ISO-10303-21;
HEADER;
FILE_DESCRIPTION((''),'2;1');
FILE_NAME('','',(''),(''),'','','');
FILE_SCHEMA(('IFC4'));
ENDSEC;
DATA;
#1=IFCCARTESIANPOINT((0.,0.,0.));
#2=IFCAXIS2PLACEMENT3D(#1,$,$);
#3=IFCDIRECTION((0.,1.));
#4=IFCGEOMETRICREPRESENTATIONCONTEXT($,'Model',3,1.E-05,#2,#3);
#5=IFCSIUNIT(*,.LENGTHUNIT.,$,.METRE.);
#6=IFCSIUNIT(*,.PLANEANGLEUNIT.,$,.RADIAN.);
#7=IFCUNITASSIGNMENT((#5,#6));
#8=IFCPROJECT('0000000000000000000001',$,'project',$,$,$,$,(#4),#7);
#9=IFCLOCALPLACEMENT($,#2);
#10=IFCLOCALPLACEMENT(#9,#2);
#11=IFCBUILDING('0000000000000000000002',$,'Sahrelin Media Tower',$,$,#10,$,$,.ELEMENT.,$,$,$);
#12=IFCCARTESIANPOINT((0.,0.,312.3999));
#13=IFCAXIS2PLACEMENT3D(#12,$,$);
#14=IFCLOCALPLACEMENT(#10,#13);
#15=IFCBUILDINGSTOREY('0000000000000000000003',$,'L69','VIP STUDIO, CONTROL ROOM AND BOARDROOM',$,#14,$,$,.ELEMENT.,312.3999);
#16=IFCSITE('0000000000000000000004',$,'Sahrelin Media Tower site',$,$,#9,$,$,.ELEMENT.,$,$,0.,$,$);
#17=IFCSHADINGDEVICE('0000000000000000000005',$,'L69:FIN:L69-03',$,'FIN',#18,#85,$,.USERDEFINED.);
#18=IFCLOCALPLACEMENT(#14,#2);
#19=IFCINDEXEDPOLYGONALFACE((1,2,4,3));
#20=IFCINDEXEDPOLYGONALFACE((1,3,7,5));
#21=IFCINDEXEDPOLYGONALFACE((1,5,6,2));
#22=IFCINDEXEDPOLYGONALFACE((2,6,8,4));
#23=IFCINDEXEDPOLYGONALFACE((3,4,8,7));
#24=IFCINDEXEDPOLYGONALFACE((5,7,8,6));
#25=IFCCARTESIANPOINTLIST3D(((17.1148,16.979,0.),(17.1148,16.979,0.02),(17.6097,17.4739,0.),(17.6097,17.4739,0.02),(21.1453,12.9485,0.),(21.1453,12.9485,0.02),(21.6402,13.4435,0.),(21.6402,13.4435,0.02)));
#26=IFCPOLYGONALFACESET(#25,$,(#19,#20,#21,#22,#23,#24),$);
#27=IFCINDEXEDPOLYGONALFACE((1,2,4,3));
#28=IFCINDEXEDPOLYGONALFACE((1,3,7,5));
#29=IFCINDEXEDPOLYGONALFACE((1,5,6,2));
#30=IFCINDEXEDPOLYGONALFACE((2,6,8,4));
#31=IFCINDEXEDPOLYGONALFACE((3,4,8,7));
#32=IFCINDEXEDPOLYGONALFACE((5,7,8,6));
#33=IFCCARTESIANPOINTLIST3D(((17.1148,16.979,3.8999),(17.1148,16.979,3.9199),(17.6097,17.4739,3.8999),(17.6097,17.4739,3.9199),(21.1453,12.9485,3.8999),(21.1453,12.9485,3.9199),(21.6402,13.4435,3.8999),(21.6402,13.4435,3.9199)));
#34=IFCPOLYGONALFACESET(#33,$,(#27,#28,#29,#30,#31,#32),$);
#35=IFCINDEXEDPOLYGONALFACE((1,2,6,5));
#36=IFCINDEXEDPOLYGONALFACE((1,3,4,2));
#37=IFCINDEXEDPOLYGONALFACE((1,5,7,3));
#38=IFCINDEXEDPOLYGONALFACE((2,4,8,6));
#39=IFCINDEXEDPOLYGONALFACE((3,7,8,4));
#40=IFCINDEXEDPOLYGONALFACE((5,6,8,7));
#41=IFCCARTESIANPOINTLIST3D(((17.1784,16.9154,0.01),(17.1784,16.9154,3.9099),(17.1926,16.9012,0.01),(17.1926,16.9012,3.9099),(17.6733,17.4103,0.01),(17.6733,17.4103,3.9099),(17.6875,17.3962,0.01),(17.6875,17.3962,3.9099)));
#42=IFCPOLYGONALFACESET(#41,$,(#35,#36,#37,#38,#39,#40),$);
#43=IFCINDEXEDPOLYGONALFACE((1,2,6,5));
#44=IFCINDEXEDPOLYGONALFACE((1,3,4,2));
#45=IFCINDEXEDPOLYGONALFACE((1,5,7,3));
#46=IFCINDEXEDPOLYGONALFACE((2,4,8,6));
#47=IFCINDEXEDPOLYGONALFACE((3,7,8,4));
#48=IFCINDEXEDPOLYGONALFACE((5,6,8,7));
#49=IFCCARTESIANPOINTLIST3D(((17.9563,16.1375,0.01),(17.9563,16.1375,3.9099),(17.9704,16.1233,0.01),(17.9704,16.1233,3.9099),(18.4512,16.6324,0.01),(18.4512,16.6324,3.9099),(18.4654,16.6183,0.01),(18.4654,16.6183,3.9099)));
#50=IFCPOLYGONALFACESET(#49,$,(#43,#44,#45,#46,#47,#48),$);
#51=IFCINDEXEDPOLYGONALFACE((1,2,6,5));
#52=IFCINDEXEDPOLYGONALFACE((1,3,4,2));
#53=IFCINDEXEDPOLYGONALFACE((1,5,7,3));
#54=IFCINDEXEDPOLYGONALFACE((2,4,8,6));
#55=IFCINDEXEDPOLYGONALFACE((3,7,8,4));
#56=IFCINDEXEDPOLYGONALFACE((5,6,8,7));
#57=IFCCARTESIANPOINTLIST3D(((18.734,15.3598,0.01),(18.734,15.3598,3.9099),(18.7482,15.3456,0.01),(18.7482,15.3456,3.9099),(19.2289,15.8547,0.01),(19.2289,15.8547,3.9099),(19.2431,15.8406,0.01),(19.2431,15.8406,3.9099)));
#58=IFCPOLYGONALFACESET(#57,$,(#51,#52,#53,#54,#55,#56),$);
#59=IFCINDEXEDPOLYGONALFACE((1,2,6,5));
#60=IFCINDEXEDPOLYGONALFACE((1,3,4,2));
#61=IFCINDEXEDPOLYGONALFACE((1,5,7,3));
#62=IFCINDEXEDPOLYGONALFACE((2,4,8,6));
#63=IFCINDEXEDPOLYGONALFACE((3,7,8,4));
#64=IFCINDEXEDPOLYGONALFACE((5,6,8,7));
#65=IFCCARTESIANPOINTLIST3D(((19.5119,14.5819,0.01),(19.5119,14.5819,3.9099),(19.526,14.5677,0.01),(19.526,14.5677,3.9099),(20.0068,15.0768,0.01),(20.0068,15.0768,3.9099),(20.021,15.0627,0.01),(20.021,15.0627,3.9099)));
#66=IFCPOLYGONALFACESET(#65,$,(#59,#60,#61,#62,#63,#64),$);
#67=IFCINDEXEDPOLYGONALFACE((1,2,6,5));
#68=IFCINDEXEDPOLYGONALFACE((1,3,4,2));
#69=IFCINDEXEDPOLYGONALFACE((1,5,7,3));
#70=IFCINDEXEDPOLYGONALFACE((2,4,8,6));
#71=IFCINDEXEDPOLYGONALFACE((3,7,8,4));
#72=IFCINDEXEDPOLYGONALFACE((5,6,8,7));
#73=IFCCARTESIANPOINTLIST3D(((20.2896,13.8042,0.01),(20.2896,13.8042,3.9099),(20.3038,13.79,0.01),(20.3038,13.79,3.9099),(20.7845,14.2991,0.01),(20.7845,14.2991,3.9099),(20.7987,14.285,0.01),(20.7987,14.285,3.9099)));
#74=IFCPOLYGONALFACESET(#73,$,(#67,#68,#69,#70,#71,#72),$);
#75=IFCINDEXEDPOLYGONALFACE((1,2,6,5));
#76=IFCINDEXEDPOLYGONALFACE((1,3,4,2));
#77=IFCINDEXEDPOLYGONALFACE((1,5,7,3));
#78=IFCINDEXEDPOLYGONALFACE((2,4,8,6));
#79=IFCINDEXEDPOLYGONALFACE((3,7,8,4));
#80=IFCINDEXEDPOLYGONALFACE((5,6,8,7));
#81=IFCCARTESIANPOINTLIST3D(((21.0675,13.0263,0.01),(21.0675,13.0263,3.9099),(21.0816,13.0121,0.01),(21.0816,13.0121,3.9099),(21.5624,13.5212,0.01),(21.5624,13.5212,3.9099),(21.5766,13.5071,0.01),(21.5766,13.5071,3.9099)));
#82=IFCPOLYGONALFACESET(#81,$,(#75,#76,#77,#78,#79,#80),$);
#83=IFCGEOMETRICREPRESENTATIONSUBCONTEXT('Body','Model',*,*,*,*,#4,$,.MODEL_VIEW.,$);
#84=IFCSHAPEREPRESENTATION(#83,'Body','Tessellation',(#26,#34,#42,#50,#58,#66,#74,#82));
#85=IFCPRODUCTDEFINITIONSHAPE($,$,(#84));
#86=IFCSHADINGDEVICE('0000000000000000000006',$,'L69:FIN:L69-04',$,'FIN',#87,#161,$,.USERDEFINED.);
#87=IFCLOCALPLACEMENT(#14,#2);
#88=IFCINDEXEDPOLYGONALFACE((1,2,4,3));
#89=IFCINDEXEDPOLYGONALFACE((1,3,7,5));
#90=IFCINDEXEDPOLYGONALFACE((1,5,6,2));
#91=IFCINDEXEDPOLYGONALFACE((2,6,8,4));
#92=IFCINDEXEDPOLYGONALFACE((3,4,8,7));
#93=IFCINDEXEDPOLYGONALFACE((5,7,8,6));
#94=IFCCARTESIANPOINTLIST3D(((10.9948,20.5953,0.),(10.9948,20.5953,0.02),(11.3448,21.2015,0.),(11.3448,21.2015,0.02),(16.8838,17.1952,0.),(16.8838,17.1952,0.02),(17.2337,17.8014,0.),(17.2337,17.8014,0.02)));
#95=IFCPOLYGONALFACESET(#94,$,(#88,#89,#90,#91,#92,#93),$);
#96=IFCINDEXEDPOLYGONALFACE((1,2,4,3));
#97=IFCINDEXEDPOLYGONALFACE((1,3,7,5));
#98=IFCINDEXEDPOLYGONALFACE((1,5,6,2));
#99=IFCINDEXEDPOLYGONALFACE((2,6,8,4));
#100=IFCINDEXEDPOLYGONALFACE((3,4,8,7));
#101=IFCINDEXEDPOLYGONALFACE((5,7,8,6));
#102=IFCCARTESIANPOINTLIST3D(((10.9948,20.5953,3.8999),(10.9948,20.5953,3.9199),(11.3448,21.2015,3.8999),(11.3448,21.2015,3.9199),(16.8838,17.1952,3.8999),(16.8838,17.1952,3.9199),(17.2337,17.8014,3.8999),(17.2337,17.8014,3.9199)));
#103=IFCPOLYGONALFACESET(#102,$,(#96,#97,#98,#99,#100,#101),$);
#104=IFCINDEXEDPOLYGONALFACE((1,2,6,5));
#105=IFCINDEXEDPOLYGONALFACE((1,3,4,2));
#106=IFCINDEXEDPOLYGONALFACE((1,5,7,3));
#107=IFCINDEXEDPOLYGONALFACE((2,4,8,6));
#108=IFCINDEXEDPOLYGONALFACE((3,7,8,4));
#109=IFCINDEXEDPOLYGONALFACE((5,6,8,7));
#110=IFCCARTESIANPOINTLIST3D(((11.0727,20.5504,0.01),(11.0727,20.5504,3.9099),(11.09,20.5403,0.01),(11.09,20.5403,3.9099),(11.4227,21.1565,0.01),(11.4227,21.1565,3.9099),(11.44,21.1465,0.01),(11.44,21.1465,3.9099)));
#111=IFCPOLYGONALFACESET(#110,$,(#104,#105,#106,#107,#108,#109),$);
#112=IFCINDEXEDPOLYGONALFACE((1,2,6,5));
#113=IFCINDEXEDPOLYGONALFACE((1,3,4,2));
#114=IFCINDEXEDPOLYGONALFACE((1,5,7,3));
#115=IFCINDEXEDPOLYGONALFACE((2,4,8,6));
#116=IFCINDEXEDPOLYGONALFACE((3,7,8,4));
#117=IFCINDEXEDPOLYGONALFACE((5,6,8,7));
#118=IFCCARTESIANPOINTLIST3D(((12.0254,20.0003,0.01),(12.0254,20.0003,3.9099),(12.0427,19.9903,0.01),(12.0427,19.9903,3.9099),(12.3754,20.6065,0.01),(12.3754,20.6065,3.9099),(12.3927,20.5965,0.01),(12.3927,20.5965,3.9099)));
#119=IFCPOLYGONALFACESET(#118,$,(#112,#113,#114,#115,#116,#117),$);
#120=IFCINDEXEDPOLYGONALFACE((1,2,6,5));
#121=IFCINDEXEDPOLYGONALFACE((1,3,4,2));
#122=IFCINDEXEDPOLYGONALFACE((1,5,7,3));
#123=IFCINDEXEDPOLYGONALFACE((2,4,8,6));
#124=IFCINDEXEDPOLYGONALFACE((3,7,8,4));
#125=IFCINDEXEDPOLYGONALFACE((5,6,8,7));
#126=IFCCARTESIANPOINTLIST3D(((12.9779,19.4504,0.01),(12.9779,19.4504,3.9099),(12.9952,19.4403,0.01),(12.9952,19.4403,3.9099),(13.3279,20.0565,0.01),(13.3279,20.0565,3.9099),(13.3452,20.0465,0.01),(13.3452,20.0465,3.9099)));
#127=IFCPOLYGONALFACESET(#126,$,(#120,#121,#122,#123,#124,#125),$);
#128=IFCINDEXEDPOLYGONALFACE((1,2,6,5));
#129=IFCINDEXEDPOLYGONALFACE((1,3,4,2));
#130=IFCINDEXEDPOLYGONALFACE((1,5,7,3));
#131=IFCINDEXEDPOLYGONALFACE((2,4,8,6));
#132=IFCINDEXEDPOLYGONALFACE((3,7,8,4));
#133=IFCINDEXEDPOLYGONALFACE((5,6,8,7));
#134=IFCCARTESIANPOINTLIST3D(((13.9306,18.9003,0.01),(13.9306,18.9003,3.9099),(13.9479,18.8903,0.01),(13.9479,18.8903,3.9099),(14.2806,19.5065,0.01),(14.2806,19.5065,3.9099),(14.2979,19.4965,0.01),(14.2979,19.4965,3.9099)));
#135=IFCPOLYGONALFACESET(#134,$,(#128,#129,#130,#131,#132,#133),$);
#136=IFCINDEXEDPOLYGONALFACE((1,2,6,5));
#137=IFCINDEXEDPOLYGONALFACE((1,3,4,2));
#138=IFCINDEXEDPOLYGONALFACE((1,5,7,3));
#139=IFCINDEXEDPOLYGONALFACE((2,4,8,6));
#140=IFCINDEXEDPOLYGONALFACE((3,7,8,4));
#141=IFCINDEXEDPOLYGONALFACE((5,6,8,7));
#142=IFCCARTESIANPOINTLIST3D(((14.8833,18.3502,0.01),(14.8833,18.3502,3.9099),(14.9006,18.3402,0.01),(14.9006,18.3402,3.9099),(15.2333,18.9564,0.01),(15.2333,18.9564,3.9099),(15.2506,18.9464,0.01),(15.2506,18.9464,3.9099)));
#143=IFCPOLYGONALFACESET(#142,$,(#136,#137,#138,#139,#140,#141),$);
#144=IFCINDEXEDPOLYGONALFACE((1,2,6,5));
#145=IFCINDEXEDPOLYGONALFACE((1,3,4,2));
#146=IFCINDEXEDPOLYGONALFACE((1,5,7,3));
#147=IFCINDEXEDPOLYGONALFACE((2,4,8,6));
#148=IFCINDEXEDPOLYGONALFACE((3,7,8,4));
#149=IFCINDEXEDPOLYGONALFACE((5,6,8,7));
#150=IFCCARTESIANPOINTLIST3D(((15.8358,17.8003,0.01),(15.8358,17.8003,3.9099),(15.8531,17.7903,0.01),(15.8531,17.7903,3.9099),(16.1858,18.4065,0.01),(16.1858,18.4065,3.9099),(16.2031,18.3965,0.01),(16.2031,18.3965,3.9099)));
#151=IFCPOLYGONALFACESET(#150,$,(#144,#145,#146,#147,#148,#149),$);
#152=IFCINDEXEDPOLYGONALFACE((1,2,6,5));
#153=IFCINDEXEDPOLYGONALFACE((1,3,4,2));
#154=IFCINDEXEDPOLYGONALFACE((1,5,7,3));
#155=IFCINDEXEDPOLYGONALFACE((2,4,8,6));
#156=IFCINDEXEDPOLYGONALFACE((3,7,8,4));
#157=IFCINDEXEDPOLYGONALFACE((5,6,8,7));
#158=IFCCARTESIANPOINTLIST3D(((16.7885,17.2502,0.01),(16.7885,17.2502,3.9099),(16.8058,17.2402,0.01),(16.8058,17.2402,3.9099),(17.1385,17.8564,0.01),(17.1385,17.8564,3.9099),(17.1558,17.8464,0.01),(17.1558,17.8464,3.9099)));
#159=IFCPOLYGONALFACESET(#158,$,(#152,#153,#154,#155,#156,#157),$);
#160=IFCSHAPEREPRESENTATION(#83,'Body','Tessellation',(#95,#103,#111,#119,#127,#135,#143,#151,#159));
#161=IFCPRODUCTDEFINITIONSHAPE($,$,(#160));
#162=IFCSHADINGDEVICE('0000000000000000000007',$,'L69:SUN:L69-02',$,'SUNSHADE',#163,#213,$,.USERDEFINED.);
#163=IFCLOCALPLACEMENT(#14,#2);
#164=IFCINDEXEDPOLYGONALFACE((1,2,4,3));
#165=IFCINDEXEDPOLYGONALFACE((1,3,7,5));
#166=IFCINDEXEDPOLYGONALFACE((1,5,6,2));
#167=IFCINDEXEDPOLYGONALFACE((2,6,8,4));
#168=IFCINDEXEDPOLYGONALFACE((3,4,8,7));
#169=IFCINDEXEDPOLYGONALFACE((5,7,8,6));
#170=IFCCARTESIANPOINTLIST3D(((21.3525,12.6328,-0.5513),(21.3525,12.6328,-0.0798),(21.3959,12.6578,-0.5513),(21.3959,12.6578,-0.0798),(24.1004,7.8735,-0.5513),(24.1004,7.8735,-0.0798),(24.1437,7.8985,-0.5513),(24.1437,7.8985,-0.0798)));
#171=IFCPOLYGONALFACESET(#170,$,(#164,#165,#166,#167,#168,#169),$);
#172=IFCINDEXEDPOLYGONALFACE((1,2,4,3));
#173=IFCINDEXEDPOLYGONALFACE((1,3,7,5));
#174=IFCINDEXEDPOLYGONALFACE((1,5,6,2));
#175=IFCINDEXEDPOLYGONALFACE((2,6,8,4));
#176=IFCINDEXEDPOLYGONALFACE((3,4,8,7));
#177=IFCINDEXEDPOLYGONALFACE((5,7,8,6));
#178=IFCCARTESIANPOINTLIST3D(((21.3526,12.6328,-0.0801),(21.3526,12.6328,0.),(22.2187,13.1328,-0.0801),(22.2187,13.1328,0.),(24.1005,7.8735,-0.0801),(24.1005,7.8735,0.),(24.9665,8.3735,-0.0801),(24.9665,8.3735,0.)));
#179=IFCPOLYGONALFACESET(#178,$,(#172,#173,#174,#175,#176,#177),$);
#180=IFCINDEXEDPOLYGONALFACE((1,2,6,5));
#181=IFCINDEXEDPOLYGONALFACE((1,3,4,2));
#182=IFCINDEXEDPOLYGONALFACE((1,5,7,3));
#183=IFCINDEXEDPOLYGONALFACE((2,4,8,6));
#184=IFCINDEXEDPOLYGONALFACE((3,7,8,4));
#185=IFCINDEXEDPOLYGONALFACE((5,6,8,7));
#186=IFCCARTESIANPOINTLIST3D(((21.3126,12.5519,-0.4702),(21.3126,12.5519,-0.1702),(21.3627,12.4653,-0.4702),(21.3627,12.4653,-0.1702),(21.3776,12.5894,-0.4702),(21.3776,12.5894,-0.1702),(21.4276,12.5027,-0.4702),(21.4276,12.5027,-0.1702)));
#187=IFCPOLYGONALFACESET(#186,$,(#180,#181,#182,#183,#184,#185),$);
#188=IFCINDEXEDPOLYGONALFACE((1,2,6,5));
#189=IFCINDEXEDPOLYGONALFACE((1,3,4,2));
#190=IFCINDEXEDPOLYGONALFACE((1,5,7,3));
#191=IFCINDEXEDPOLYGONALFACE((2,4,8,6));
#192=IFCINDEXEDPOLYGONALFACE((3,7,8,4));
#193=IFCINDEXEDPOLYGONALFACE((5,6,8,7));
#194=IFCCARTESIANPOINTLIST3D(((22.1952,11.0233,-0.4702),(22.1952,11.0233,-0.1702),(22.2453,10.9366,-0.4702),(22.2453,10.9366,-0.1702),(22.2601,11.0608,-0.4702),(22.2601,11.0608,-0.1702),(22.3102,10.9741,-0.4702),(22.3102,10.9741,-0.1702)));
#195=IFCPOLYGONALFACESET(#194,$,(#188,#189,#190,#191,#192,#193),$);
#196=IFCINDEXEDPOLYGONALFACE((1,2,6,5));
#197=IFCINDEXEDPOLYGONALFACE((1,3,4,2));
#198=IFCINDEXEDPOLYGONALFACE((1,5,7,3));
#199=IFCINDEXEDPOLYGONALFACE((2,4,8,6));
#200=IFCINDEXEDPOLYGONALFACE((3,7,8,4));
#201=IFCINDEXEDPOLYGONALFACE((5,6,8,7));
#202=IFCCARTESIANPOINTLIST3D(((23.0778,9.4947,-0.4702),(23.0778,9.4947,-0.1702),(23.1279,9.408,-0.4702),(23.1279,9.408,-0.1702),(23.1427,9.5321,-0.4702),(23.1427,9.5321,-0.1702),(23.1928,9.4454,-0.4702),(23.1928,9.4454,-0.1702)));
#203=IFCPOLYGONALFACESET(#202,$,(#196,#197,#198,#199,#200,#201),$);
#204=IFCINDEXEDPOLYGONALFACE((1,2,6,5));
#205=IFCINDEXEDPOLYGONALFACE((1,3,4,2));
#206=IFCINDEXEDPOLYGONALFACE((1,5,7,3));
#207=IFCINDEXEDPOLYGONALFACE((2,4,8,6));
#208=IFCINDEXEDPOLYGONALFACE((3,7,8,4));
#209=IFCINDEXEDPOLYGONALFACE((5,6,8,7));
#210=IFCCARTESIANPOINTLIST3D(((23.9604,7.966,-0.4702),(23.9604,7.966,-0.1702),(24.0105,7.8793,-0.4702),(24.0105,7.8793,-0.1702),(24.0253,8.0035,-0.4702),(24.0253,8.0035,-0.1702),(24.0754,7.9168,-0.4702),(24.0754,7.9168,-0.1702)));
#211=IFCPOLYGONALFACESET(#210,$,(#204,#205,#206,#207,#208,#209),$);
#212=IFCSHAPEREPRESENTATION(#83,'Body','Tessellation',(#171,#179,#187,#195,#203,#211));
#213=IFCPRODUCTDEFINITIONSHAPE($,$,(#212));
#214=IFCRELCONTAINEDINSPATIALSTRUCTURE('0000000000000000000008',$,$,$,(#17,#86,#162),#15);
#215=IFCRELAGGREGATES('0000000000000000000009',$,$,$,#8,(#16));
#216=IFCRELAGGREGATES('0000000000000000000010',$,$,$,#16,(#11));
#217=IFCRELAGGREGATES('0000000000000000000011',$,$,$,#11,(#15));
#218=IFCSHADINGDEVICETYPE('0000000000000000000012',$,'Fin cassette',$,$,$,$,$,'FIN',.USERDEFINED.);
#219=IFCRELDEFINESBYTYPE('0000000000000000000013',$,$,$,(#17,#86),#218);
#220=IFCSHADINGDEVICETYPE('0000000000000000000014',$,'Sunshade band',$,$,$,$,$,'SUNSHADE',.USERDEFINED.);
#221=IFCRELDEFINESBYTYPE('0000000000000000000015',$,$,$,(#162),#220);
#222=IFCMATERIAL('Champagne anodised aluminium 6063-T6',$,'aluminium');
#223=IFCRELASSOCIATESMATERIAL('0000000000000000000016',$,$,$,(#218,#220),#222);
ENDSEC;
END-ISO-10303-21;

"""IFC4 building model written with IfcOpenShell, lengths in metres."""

from ifc_helpers import new_model, si_unit, direction, frame, origin, origin_2d, place, context, subcontext, project, spatial, rectangle, extrude, material, type_object, element, save


model = new_model("IFC4")

# Units and contexts
model_context = context("Model", 3, precision=1e-05, world=origin(), true_north=direction((0.0, 1.0)))
body_context = subcontext(model_context, "Body", "Model", "MODEL_VIEW")
ifc_project = project(units=[si_unit("LENGTHUNIT", "METRE"), si_unit("PLANEANGLEUNIT", "RADIAN")], contexts=[model_context])

# Site, building, storey
site_placement = place(None, origin())
site = spatial("IfcSite", under=ifc_project, at=site_placement, Name="Sahrelin Media Tower site", CompositionType="ELEMENT", RefElevation=0.0)
building_placement = place(site_placement, origin())
building = spatial("IfcBuilding", under=site, at=building_placement, Name="Sahrelin Media Tower", CompositionType="ELEMENT")
storey_placement = place(building_placement, frame((0.0, 0.0, 312.3999)))
storey = spatial("IfcBuildingStorey", under=building, at=storey_placement, Name="L69", Description="VIP STUDIO, CONTROL ROOM AND BOARDROOM", CompositionType="ELEMENT", Elevation=312.3999)

# Shared definitions
ifc_material_1 = material(Name="Champagne anodised aluminium 6063-T6", Category="aluminium")

# Shading devices
shading_device_type_1 = type_object("IfcShadingDeviceType", Name="Fin cassette", ElementType="FIN", PredefinedType="USERDEFINED", material=ifc_material_1)
placement_1 = place(storey_placement, frame((22.7092, 10.2432, 0.0), z_axis=(0.0, 0.0, 1.0), x_axis=(0.500011, -0.866019, 0.0)))
placement_2 = place(storey_placement, frame((19.0806, 14.9143, 0.0), z_axis=(0.0, 0.0, 1.0), x_axis=(0.707107, -0.707107, 0.0)))
element("IfcShadingDevice", 1, at=placement_2, inside=storey, type_object=shading_device_type_1, Name="L69:FIN:L69-03", ObjectType="FIN", PredefinedType="USERDEFINED", context=body_context, shape_type="SweptSolid", body=[
    extrude(rectangle(XDim=5.7, YDim=0.7, at=origin_2d()), frame((0.0, 0.4199, 0.0)), (0.0, 0.0, 1.0), 0.02),
    extrude(rectangle(XDim=5.7, YDim=0.7, at=origin_2d()), frame((0.0, 0.4199, 3.8999)), (0.0, 0.0, 1.0), 0.02),
    extrude(rectangle(XDim=0.02, YDim=0.7, at=origin_2d()), frame((-2.75, 0.4199, 0.01), z_axis=(0.0, 0.0, 1.0), x_axis=(1.0, 0.0, 0.0)), (0.0, 0.0, 1.0), 3.8999),
    extrude(rectangle(XDim=0.02, YDim=0.7, at=origin_2d()), frame((-1.6499, 0.4199, 0.01), z_axis=(0.0, 0.0, 1.0), x_axis=(1.0, 0.0, 0.0)), (0.0, 0.0, 1.0), 3.8999),
    extrude(rectangle(XDim=0.02, YDim=0.7, at=origin_2d()), frame((-0.55, 0.4199, 0.01), z_axis=(0.0, 0.0, 1.0), x_axis=(1.0, 0.0, 0.0)), (0.0, 0.0, 1.0), 3.8999),
    extrude(rectangle(XDim=0.02, YDim=0.7, at=origin_2d()), frame((0.55, 0.4199, 0.01), z_axis=(0.0, 0.0, 1.0), x_axis=(1.0, 0.0, 0.0)), (0.0, 0.0, 1.0), 3.8999),
    extrude(rectangle(XDim=0.02, YDim=0.7, at=origin_2d()), frame((1.6499, 0.4199, 0.01), z_axis=(0.0, 0.0, 1.0), x_axis=(1.0, 0.0, 0.0)), (0.0, 0.0, 1.0), 3.8999),
    extrude(rectangle(XDim=0.02, YDim=0.7, at=origin_2d()), frame((2.75, 0.4199, 0.01), z_axis=(0.0, 0.0, 1.0), x_axis=(1.0, 0.0, 0.0)), (0.0, 0.0, 1.0), 3.8999),
])
placement_3 = place(storey_placement, frame((13.9043, 18.8347, 0.0), z_axis=(0.0, 0.0, 1.0), x_axis=(0.866019, -0.500011, 0.0)))
element("IfcShadingDevice", 2, at=placement_3, inside=storey, type_object=shading_device_type_1, Name="L69:FIN:L69-04", ObjectType="FIN", PredefinedType="USERDEFINED", context=body_context, shape_type="SweptSolid", body=[
    extrude(rectangle(XDim=6.8, YDim=0.7, at=origin_2d()), frame((0.0, 0.4199, 0.0)), (0.0, 0.0, 1.0), 0.02),
    extrude(rectangle(XDim=6.8, YDim=0.7, at=origin_2d()), frame((0.0, 0.4199, 3.8999)), (0.0, 0.0, 1.0), 0.02),
    extrude(rectangle(XDim=0.02, YDim=0.7, at=origin_2d()), frame((-3.3, 0.4199, 0.01), z_axis=(0.0, 0.0, 1.0), x_axis=(1.0, 0.0, 0.0)), (0.0, 0.0, 1.0), 3.8999),
    extrude(rectangle(XDim=0.02, YDim=0.7, at=origin_2d()), frame((-2.2, 0.4199, 0.01), z_axis=(0.0, 0.0, 1.0), x_axis=(1.0, 0.0, 0.0)), (0.0, 0.0, 1.0), 3.8999),
    extrude(rectangle(XDim=0.02, YDim=0.7, at=origin_2d()), frame((-1.1001, 0.4199, 0.01), z_axis=(0.0, 0.0, 1.0), x_axis=(1.0, 0.0, 0.0)), (0.0, 0.0, 1.0), 3.8999),
    extrude(rectangle(XDim=0.02, YDim=0.7, at=origin_2d()), frame((0.0, 0.4199, 0.01), z_axis=(0.0, 0.0, 1.0), x_axis=(1.0, 0.0, 0.0)), (0.0, 0.0, 1.0), 3.8999),
    extrude(rectangle(XDim=0.02, YDim=0.7, at=origin_2d()), frame((1.1001, 0.4199, 0.01), z_axis=(0.0, 0.0, 1.0), x_axis=(1.0, 0.0, 0.0)), (0.0, 0.0, 1.0), 3.8999),
    extrude(rectangle(XDim=0.02, YDim=0.7, at=origin_2d()), frame((2.2, 0.4199, 0.01), z_axis=(0.0, 0.0, 1.0), x_axis=(1.0, 0.0, 0.0)), (0.0, 0.0, 1.0), 3.8999),
    extrude(rectangle(XDim=0.02, YDim=0.7, at=origin_2d()), frame((3.3, 0.4199, 0.01), z_axis=(0.0, 0.0, 1.0), x_axis=(1.0, 0.0, 0.0)), (0.0, 0.0, 1.0), 3.8999),
])
shading_device_type_2 = type_object("IfcShadingDeviceType", Name="Sunshade band", ElementType="SUNSHADE", PredefinedType="USERDEFINED", material=ifc_material_1)
element("IfcShadingDevice", 3, at=placement_1, inside=storey, type_object=shading_device_type_2, Name="L69:SUN:L69-02", ObjectType="SUNSHADE", PredefinedType="USERDEFINED", context=body_context, shape_type="SweptSolid", body=[
    extrude(rectangle(XDim=5.4956, YDim=0.05, at=origin_2d()), frame((0.0, 0.0449, -0.5513)), (0.0, 0.0, 1.0), 0.4714),
    extrude(rectangle(XDim=5.4956, YDim=1.0, at=origin_2d()), frame((0.0, 0.52, -0.0801)), (0.0, 0.0, 1.0), 0.0801),
    extrude(rectangle(XDim=0.1001, YDim=0.075, at=origin_2d()), frame((-2.6477, -0.0176, -0.4702)), (0.0, 0.0, 1.0), 0.3),
    extrude(rectangle(XDim=0.1001, YDim=0.075, at=origin_2d()), frame((-0.8826, -0.0176, -0.4702)), (0.0, 0.0, 1.0), 0.3),
    extrude(rectangle(XDim=0.1001, YDim=0.075, at=origin_2d()), frame((0.8826, -0.0176, -0.4702)), (0.0, 0.0, 1.0), 0.3),
    extrude(rectangle(XDim=0.1001, YDim=0.075, at=origin_2d()), frame((2.6477, -0.0176, -0.4702)), (0.0, 0.0, 1.0), 0.3),
])

save(model, "model.ifc")
